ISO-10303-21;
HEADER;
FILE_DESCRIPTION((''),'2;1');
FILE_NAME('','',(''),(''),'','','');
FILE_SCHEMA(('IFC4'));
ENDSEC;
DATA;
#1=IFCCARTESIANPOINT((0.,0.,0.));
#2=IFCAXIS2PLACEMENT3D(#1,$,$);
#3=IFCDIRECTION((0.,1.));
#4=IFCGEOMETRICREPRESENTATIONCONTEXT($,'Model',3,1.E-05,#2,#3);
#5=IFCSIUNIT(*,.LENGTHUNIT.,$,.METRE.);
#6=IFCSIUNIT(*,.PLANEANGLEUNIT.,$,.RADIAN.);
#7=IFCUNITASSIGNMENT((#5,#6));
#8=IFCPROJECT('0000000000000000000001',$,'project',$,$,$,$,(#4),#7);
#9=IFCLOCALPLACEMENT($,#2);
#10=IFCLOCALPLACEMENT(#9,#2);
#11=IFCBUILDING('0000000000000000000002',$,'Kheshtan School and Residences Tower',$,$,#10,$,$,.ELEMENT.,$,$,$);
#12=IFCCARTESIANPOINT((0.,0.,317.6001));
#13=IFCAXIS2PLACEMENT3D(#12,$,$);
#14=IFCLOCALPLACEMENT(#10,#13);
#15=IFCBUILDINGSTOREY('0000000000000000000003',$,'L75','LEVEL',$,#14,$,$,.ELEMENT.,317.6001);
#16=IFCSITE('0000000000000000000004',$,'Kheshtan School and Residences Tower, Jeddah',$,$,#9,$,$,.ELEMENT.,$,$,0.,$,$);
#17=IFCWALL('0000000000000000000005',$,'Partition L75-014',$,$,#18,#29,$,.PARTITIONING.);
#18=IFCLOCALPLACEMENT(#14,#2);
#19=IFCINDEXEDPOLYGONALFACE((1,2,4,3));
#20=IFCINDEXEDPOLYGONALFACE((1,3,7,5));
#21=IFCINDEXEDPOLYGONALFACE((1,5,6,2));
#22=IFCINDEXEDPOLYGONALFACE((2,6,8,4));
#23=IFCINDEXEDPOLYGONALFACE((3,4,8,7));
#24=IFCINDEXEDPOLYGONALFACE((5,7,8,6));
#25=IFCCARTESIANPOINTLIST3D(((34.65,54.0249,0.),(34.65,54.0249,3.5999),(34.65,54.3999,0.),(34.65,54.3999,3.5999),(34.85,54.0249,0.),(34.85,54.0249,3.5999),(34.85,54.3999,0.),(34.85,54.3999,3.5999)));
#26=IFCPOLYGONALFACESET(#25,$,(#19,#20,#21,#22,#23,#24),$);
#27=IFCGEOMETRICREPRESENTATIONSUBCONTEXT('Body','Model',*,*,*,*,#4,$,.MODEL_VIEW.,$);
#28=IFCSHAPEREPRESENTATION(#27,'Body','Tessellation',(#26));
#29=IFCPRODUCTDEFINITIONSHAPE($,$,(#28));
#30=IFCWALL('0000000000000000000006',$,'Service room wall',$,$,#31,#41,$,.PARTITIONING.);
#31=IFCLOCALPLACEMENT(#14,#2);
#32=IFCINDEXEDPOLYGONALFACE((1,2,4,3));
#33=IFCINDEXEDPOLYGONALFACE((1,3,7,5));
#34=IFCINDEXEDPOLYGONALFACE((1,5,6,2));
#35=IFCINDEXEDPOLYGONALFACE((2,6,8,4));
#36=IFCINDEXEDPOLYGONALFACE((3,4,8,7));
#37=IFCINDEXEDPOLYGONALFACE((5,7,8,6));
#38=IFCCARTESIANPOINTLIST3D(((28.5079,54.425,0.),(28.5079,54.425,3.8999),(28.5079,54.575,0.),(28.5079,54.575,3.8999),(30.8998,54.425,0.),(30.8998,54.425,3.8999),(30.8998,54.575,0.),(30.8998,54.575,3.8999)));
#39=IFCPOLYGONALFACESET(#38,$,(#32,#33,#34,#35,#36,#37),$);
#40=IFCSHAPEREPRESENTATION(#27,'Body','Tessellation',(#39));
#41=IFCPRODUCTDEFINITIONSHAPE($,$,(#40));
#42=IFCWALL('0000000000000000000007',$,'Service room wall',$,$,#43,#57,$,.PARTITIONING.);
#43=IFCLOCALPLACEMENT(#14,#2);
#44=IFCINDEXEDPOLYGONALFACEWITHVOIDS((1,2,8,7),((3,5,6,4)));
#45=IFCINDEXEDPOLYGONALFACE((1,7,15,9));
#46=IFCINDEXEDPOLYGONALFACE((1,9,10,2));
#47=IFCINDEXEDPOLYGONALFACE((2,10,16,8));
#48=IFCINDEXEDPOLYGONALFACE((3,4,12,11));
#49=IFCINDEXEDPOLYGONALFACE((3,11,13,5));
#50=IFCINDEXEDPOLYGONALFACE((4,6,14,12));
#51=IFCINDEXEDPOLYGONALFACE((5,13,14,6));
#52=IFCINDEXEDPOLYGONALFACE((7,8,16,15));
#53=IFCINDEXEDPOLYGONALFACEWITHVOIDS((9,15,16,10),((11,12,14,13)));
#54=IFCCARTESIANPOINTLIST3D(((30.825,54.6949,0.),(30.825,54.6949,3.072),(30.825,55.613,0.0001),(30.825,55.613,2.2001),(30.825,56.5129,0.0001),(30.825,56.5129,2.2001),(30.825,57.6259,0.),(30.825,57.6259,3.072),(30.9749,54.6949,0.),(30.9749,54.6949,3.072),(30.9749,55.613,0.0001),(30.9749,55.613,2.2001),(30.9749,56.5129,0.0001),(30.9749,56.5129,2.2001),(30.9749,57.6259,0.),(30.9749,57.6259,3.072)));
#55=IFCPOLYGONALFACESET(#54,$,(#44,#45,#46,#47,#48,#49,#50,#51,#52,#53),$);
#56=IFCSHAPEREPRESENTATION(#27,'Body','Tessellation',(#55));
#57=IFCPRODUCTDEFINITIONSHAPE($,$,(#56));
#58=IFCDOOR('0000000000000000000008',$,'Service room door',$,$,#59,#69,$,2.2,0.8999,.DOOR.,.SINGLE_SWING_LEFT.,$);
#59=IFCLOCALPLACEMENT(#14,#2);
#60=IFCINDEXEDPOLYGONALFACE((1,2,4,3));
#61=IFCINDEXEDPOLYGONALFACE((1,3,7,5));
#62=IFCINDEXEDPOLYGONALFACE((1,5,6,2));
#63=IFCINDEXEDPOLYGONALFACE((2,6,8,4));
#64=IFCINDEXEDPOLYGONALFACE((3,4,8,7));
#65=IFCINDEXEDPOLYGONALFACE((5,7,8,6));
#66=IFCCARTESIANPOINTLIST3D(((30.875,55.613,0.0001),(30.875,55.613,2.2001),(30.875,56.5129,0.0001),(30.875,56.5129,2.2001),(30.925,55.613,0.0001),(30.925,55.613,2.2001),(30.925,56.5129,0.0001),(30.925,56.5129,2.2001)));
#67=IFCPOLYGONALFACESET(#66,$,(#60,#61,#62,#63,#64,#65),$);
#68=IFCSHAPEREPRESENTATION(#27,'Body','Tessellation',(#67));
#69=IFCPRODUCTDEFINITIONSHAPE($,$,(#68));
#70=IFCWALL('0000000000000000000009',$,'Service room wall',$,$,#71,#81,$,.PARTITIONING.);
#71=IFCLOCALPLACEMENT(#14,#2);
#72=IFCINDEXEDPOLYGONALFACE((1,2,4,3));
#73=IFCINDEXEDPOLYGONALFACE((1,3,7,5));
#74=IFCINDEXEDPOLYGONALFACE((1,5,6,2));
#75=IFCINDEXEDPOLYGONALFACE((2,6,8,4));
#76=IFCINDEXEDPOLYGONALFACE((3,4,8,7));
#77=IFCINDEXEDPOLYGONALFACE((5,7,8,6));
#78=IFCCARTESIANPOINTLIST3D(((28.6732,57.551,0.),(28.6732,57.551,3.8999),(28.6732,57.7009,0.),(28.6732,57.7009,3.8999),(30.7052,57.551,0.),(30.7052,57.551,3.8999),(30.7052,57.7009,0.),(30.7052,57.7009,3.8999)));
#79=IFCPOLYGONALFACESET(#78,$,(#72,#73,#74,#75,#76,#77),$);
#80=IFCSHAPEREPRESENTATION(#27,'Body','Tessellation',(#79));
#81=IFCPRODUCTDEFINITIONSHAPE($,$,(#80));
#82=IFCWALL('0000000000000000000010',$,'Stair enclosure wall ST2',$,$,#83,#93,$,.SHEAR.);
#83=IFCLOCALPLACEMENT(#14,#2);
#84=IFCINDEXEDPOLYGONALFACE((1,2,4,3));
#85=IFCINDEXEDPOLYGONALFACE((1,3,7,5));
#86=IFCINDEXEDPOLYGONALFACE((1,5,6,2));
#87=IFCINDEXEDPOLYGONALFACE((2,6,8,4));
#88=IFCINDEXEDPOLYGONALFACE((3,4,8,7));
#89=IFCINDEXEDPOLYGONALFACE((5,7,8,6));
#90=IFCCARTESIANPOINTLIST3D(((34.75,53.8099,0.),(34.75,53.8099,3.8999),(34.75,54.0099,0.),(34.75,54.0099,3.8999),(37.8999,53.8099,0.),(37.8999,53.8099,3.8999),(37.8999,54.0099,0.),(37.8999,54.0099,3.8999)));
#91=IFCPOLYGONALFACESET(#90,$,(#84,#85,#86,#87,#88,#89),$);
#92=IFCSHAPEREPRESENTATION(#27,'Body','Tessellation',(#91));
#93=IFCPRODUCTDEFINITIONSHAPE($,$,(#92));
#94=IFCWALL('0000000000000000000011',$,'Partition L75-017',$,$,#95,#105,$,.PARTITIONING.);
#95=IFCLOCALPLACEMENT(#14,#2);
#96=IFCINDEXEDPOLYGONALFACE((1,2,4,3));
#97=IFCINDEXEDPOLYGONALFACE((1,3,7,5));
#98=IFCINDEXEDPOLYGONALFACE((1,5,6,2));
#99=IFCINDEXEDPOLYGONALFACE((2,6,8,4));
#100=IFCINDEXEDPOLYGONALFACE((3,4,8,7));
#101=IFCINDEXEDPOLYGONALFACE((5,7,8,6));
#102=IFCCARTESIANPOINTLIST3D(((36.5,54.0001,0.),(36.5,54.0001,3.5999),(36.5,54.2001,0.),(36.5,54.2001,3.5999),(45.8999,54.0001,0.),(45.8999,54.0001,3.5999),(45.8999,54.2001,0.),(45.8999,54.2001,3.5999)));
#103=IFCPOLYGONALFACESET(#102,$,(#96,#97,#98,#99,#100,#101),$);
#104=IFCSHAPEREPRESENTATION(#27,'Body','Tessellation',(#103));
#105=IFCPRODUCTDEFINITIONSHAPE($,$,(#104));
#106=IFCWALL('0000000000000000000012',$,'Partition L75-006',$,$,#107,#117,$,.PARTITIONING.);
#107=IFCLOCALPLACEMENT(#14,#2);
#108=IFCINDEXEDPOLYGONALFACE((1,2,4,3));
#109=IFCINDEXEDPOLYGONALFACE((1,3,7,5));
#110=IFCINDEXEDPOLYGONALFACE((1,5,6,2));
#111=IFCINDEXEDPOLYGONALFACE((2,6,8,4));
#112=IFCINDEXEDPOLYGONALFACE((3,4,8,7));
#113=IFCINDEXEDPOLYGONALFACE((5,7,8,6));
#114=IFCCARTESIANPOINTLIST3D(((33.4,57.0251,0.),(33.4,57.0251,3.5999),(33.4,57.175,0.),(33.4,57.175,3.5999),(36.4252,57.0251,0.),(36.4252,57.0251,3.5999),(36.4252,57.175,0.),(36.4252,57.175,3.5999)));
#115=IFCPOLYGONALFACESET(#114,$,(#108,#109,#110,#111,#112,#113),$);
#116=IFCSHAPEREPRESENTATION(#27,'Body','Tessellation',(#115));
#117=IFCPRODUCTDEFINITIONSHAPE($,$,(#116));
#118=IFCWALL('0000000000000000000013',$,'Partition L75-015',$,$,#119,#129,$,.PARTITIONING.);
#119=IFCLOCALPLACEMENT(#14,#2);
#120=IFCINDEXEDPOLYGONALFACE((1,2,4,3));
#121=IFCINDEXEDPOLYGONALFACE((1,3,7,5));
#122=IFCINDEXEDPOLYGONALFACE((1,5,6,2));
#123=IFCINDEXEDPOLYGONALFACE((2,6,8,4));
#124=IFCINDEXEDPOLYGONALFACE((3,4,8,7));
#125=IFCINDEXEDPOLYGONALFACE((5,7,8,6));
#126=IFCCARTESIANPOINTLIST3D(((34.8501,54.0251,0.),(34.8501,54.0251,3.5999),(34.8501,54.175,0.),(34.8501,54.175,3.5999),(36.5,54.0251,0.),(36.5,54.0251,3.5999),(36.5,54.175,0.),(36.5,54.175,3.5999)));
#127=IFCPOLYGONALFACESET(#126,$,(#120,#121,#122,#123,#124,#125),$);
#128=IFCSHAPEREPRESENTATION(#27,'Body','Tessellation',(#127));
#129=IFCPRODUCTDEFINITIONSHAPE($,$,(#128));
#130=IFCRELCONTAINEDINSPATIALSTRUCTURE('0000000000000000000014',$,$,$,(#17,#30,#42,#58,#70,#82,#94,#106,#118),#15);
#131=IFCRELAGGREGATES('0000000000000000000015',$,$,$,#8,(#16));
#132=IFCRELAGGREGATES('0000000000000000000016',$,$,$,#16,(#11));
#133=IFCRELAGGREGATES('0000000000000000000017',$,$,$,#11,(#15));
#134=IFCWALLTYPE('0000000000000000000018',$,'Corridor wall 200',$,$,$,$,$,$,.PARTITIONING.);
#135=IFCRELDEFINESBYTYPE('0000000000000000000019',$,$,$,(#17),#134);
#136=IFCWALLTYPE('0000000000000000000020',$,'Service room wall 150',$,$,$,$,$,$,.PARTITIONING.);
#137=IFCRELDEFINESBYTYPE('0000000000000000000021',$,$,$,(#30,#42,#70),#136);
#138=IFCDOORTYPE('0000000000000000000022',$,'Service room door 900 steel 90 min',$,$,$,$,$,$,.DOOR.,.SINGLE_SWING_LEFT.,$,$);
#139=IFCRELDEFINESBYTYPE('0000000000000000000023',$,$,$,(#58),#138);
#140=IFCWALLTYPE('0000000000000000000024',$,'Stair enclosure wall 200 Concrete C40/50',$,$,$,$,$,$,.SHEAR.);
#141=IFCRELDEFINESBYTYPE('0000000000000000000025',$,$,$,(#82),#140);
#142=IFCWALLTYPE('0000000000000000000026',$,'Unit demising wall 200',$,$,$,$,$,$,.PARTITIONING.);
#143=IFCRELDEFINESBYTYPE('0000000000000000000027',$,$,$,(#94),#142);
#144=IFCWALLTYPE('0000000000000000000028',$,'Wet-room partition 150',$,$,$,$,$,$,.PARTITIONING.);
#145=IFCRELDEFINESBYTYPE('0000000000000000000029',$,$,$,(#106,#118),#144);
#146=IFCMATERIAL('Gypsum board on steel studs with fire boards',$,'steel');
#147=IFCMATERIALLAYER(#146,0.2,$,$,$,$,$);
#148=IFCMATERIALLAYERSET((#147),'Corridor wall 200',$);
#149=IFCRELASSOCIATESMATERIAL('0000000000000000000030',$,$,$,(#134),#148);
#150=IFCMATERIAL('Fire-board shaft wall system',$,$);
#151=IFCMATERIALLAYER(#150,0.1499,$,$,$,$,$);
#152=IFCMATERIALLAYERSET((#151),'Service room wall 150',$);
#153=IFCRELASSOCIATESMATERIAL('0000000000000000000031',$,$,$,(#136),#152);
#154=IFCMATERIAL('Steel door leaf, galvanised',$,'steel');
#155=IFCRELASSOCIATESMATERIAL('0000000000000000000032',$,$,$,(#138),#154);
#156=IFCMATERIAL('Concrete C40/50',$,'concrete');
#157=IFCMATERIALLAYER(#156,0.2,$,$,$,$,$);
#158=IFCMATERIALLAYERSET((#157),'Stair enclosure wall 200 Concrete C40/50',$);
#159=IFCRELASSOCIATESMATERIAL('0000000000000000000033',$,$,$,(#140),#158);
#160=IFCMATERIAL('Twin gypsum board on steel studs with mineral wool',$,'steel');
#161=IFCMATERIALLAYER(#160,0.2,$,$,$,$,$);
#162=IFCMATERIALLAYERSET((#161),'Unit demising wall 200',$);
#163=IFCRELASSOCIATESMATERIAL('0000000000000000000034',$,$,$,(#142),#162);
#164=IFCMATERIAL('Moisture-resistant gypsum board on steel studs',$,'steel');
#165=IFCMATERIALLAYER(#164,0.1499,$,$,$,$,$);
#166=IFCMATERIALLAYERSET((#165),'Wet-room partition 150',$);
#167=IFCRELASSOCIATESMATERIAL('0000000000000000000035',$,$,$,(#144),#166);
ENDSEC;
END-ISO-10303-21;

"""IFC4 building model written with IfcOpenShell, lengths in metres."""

from ifc_helpers import new_model, si_unit, direction, frame, frame_2d, origin, place, context, subcontext, project, spatial, rectangle, extrude, source, transform, mapped, material, layer, layer_set, type_object, element, fill, save


model = new_model("IFC4")

# Units and contexts
model_context = context("Model", 3, precision=1e-05, world=origin(), true_north=direction((0.0, 1.0)))
body_context = subcontext(model_context, "Body", "Model", "MODEL_VIEW")
ifc_project = project(units=[si_unit("LENGTHUNIT", "METRE"), si_unit("PLANEANGLEUNIT", "RADIAN")], contexts=[model_context])

# Site, building, storey
site_placement = place(None, origin())
site = spatial("IfcSite", under=ifc_project, at=site_placement, Name="Kheshtan School and Residences Tower, Jeddah", CompositionType="ELEMENT", RefElevation=0.0)
building_placement = place(site_placement, origin())
building = spatial("IfcBuilding", under=site, at=building_placement, Name="Kheshtan School and Residences Tower", CompositionType="ELEMENT")
storey_placement = place(building_placement, frame((0.0, 0.0, 317.6001)))
storey = spatial("IfcBuildingStorey", under=building, at=storey_placement, Name="L75", Description="LEVEL", CompositionType="ELEMENT", Elevation=317.6001)

# Shared definitions
ifc_material_1 = material(Name="Gypsum board on steel studs with fire boards", Category="steel")
ifc_layer_1 = layer(ifc_material_1, 0.2)
ifc_layer_set_1 = layer_set([ifc_layer_1], Name="Corridor wall 200")
wall_type_1 = type_object("IfcWallType", Name="Corridor wall 200", PredefinedType="PARTITIONING", material=ifc_layer_set_1)

# Walls
wall_1_placement = place(storey_placement, frame((34.75, 54.0249, 0.0), z_axis=(0.0, 0.0, 1.0), x_axis=(0.0, 1.0, 0.0)))
element("IfcWall", 1, at=wall_1_placement, inside=storey, type_object=wall_type_1, Name="Partition L75-014", PredefinedType="PARTITIONING", context=body_context, shape_type="SweptSolid", body=[
    extrude(rectangle(XDim=0.375, YDim=0.2, at=frame_2d((0.1875, 0.0))), origin(), (0.0, 0.0, 1.0), 3.5999),
])
ifc_material_2 = material(Name="Fire-board shaft wall system")
ifc_layer_2 = layer(ifc_material_2, 0.1499)
ifc_layer_set_2 = layer_set([ifc_layer_2], Name="Service room wall 150")
wall_type_2 = type_object("IfcWallType", Name="Service room wall 150", PredefinedType="PARTITIONING", material=ifc_layer_set_2)
wall_2_placement = place(storey_placement, frame((28.5081, 54.5, 0.0), z_axis=(0.0, 0.0, 1.0), x_axis=(1.0, 0.0, 0.0)))
element("IfcWall", 2, at=wall_2_placement, inside=storey, type_object=wall_type_2, Name="Service room wall", PredefinedType="PARTITIONING", context=body_context, shape_type="SweptSolid", body=[
    extrude(rectangle(XDim=2.3918, YDim=0.1499, at=frame_2d((1.1958, 0.0))), origin(), (0.0, 0.0, 1.0), 3.8999),
])

# Wall, opening, door
wall_3_placement = place(storey_placement, frame((30.8999, 54.6951, 0.0), z_axis=(0.0, 0.0, 1.0), x_axis=(0.0, 1.0, 0.0)))
wall_3 = element("IfcWall", 3, at=wall_3_placement, inside=storey, type_object=wall_type_2, Name="Service room wall", PredefinedType="PARTITIONING", context=body_context, shape_type="SweptSolid", body=[
    extrude(rectangle(XDim=2.9309, YDim=0.1499, at=frame_2d((1.4653, 0.0))), origin(), (0.0, 0.0, 1.0), 3.072),
])
opening_1_placement = place(wall_3_placement, frame((0.918, 0.0, 0.0)))
opening_1 = element("IfcOpeningElement", 4, at=opening_1_placement, cuts=wall_3, PredefinedType="OPENING", context=body_context, shape_type="SweptSolid", body=[
    extrude(rectangle(XDim=0.8999, YDim=2.2, at=frame_2d((0.45, 1.1001))), frame((0.0, 0.085, 0.0), z_axis=(0.0, -1.0, 0.0), x_axis=(1.0, 0.0, 0.0)), (0.0, 0.0, 1.0), 0.1699),
])
ifc_material_3 = material(Name="Steel door leaf, galvanised", Category="steel")
door_type_1 = type_object("IfcDoorType", Name="Service room door 900 steel 90 min", OperationType="SINGLE_SWING_LEFT", PredefinedType="DOOR", material=ifc_material_3)
shared_shape_1 = source(origin(), body_context, "Body", "SweptSolid", [
    extrude(rectangle(XDim=0.8999, YDim=2.2, at=frame_2d((0.45, 1.1001))), frame((0.0, 0.0249, 0.0), z_axis=(0.0, -1.0, 0.0), x_axis=(1.0, 0.0, 0.0)), (0.0, 0.0, 1.0), 0.05),
])
door_1_placement = place(opening_1_placement, origin())
door_1 = element("IfcDoor", 5, at=door_1_placement, inside=storey, type_object=door_type_1, Name="Service room door", OperationType="SINGLE_SWING_LEFT", OverallHeight=2.2, OverallWidth=0.8999, PredefinedType="DOOR", context=body_context, shape_type="MappedRepresentation", body=[
    mapped(shared_shape_1, transform((0.0, 0.0, 0.0), x_axis=(1.0, 0.0, 0.0), y_axis=(0.0, 1.0, 0.0), z_axis=(0.0, 0.0, 1.0), scale=1.0)),
])
fill(opening_1, door_1)

# Walls
wall_4_placement = place(storey_placement, frame((28.6731, 57.626, 0.0), z_axis=(0.0, 0.0, 1.0), x_axis=(1.0, 0.0, 0.0)))
element("IfcWall", 6, at=wall_4_placement, inside=storey, type_object=wall_type_2, Name="Service room wall", PredefinedType="PARTITIONING", context=body_context, shape_type="SweptSolid", body=[
    extrude(rectangle(XDim=2.032, YDim=0.1499, at=frame_2d((1.0161, 0.0))), origin(), (0.0, 0.0, 1.0), 3.8999),
])
ifc_material_4 = material(Name="Concrete C40/50", Category="concrete")
ifc_layer_3 = layer(ifc_material_4, 0.2)
ifc_layer_set_3 = layer_set([ifc_layer_3], Name="Stair enclosure wall 200 Concrete C40/50")
wall_type_3 = type_object("IfcWallType", Name="Stair enclosure wall 200 Concrete C40/50", PredefinedType="SHEAR", material=ifc_layer_set_3)
wall_5_placement = place(storey_placement, frame((34.75, 53.9099, 0.0), z_axis=(0.0, 0.0, 1.0), x_axis=(1.0, 0.0, 0.0)))
element("IfcWall", 7, at=wall_5_placement, inside=storey, type_object=wall_type_3, Name="Stair enclosure wall ST2", PredefinedType="SHEAR", context=body_context, shape_type="SweptSolid", body=[
    extrude(rectangle(XDim=3.1499, YDim=0.2, at=frame_2d((1.575, 0.0))), origin(), (0.0, 0.0, 1.0), 3.8999),
])
ifc_material_5 = material(Name="Twin gypsum board on steel studs with mineral wool", Category="steel")
ifc_layer_4 = layer(ifc_material_5, 0.2)
ifc_layer_set_4 = layer_set([ifc_layer_4], Name="Unit demising wall 200")
wall_type_4 = type_object("IfcWallType", Name="Unit demising wall 200", PredefinedType="PARTITIONING", material=ifc_layer_set_4)
wall_6_placement = place(storey_placement, frame((36.5, 54.1001, 0.0), z_axis=(0.0, 0.0, 1.0), x_axis=(1.0, 0.0, 0.0)))
element("IfcWall", 8, at=wall_6_placement, inside=storey, type_object=wall_type_4, Name="Partition L75-017", PredefinedType="PARTITIONING", context=body_context, shape_type="SweptSolid", body=[
    extrude(rectangle(XDim=9.3999, YDim=0.2, at=frame_2d((4.7, 0.0))), origin(), (0.0, 0.0, 1.0), 3.5999),
])
ifc_material_6 = material(Name="Moisture-resistant gypsum board on steel studs", Category="steel")
ifc_layer_5 = layer(ifc_material_6, 0.1499)
ifc_layer_set_5 = layer_set([ifc_layer_5], Name="Wet-room partition 150")
wall_type_5 = type_object("IfcWallType", Name="Wet-room partition 150", PredefinedType="PARTITIONING", material=ifc_layer_set_5)
wall_7_placement = place(storey_placement, frame((33.3999, 57.1001, 0.0), z_axis=(0.0, 0.0, 1.0), x_axis=(1.0, 0.0, 0.0)))
element("IfcWall", 9, at=wall_7_placement, inside=storey, type_object=wall_type_5, Name="Partition L75-006", PredefinedType="PARTITIONING", context=body_context, shape_type="SweptSolid", body=[
    extrude(rectangle(XDim=3.0251, YDim=0.1499, at=frame_2d((1.5127, 0.0))), origin(), (0.0, 0.0, 1.0), 3.5999),
])
wall_8_placement = place(storey_placement, frame((34.8501, 54.1001, 0.0), z_axis=(0.0, 0.0, 1.0), x_axis=(1.0, 0.0, 0.0)))
element("IfcWall", 10, at=wall_8_placement, inside=storey, type_object=wall_type_5, Name="Partition L75-015", PredefinedType="PARTITIONING", context=body_context, shape_type="SweptSolid", body=[
    extrude(rectangle(XDim=1.6499, YDim=0.1499, at=frame_2d((0.825, 0.0))), origin(), (0.0, 0.0, 1.0), 3.5999),
])

save(model, "model.ifc")
